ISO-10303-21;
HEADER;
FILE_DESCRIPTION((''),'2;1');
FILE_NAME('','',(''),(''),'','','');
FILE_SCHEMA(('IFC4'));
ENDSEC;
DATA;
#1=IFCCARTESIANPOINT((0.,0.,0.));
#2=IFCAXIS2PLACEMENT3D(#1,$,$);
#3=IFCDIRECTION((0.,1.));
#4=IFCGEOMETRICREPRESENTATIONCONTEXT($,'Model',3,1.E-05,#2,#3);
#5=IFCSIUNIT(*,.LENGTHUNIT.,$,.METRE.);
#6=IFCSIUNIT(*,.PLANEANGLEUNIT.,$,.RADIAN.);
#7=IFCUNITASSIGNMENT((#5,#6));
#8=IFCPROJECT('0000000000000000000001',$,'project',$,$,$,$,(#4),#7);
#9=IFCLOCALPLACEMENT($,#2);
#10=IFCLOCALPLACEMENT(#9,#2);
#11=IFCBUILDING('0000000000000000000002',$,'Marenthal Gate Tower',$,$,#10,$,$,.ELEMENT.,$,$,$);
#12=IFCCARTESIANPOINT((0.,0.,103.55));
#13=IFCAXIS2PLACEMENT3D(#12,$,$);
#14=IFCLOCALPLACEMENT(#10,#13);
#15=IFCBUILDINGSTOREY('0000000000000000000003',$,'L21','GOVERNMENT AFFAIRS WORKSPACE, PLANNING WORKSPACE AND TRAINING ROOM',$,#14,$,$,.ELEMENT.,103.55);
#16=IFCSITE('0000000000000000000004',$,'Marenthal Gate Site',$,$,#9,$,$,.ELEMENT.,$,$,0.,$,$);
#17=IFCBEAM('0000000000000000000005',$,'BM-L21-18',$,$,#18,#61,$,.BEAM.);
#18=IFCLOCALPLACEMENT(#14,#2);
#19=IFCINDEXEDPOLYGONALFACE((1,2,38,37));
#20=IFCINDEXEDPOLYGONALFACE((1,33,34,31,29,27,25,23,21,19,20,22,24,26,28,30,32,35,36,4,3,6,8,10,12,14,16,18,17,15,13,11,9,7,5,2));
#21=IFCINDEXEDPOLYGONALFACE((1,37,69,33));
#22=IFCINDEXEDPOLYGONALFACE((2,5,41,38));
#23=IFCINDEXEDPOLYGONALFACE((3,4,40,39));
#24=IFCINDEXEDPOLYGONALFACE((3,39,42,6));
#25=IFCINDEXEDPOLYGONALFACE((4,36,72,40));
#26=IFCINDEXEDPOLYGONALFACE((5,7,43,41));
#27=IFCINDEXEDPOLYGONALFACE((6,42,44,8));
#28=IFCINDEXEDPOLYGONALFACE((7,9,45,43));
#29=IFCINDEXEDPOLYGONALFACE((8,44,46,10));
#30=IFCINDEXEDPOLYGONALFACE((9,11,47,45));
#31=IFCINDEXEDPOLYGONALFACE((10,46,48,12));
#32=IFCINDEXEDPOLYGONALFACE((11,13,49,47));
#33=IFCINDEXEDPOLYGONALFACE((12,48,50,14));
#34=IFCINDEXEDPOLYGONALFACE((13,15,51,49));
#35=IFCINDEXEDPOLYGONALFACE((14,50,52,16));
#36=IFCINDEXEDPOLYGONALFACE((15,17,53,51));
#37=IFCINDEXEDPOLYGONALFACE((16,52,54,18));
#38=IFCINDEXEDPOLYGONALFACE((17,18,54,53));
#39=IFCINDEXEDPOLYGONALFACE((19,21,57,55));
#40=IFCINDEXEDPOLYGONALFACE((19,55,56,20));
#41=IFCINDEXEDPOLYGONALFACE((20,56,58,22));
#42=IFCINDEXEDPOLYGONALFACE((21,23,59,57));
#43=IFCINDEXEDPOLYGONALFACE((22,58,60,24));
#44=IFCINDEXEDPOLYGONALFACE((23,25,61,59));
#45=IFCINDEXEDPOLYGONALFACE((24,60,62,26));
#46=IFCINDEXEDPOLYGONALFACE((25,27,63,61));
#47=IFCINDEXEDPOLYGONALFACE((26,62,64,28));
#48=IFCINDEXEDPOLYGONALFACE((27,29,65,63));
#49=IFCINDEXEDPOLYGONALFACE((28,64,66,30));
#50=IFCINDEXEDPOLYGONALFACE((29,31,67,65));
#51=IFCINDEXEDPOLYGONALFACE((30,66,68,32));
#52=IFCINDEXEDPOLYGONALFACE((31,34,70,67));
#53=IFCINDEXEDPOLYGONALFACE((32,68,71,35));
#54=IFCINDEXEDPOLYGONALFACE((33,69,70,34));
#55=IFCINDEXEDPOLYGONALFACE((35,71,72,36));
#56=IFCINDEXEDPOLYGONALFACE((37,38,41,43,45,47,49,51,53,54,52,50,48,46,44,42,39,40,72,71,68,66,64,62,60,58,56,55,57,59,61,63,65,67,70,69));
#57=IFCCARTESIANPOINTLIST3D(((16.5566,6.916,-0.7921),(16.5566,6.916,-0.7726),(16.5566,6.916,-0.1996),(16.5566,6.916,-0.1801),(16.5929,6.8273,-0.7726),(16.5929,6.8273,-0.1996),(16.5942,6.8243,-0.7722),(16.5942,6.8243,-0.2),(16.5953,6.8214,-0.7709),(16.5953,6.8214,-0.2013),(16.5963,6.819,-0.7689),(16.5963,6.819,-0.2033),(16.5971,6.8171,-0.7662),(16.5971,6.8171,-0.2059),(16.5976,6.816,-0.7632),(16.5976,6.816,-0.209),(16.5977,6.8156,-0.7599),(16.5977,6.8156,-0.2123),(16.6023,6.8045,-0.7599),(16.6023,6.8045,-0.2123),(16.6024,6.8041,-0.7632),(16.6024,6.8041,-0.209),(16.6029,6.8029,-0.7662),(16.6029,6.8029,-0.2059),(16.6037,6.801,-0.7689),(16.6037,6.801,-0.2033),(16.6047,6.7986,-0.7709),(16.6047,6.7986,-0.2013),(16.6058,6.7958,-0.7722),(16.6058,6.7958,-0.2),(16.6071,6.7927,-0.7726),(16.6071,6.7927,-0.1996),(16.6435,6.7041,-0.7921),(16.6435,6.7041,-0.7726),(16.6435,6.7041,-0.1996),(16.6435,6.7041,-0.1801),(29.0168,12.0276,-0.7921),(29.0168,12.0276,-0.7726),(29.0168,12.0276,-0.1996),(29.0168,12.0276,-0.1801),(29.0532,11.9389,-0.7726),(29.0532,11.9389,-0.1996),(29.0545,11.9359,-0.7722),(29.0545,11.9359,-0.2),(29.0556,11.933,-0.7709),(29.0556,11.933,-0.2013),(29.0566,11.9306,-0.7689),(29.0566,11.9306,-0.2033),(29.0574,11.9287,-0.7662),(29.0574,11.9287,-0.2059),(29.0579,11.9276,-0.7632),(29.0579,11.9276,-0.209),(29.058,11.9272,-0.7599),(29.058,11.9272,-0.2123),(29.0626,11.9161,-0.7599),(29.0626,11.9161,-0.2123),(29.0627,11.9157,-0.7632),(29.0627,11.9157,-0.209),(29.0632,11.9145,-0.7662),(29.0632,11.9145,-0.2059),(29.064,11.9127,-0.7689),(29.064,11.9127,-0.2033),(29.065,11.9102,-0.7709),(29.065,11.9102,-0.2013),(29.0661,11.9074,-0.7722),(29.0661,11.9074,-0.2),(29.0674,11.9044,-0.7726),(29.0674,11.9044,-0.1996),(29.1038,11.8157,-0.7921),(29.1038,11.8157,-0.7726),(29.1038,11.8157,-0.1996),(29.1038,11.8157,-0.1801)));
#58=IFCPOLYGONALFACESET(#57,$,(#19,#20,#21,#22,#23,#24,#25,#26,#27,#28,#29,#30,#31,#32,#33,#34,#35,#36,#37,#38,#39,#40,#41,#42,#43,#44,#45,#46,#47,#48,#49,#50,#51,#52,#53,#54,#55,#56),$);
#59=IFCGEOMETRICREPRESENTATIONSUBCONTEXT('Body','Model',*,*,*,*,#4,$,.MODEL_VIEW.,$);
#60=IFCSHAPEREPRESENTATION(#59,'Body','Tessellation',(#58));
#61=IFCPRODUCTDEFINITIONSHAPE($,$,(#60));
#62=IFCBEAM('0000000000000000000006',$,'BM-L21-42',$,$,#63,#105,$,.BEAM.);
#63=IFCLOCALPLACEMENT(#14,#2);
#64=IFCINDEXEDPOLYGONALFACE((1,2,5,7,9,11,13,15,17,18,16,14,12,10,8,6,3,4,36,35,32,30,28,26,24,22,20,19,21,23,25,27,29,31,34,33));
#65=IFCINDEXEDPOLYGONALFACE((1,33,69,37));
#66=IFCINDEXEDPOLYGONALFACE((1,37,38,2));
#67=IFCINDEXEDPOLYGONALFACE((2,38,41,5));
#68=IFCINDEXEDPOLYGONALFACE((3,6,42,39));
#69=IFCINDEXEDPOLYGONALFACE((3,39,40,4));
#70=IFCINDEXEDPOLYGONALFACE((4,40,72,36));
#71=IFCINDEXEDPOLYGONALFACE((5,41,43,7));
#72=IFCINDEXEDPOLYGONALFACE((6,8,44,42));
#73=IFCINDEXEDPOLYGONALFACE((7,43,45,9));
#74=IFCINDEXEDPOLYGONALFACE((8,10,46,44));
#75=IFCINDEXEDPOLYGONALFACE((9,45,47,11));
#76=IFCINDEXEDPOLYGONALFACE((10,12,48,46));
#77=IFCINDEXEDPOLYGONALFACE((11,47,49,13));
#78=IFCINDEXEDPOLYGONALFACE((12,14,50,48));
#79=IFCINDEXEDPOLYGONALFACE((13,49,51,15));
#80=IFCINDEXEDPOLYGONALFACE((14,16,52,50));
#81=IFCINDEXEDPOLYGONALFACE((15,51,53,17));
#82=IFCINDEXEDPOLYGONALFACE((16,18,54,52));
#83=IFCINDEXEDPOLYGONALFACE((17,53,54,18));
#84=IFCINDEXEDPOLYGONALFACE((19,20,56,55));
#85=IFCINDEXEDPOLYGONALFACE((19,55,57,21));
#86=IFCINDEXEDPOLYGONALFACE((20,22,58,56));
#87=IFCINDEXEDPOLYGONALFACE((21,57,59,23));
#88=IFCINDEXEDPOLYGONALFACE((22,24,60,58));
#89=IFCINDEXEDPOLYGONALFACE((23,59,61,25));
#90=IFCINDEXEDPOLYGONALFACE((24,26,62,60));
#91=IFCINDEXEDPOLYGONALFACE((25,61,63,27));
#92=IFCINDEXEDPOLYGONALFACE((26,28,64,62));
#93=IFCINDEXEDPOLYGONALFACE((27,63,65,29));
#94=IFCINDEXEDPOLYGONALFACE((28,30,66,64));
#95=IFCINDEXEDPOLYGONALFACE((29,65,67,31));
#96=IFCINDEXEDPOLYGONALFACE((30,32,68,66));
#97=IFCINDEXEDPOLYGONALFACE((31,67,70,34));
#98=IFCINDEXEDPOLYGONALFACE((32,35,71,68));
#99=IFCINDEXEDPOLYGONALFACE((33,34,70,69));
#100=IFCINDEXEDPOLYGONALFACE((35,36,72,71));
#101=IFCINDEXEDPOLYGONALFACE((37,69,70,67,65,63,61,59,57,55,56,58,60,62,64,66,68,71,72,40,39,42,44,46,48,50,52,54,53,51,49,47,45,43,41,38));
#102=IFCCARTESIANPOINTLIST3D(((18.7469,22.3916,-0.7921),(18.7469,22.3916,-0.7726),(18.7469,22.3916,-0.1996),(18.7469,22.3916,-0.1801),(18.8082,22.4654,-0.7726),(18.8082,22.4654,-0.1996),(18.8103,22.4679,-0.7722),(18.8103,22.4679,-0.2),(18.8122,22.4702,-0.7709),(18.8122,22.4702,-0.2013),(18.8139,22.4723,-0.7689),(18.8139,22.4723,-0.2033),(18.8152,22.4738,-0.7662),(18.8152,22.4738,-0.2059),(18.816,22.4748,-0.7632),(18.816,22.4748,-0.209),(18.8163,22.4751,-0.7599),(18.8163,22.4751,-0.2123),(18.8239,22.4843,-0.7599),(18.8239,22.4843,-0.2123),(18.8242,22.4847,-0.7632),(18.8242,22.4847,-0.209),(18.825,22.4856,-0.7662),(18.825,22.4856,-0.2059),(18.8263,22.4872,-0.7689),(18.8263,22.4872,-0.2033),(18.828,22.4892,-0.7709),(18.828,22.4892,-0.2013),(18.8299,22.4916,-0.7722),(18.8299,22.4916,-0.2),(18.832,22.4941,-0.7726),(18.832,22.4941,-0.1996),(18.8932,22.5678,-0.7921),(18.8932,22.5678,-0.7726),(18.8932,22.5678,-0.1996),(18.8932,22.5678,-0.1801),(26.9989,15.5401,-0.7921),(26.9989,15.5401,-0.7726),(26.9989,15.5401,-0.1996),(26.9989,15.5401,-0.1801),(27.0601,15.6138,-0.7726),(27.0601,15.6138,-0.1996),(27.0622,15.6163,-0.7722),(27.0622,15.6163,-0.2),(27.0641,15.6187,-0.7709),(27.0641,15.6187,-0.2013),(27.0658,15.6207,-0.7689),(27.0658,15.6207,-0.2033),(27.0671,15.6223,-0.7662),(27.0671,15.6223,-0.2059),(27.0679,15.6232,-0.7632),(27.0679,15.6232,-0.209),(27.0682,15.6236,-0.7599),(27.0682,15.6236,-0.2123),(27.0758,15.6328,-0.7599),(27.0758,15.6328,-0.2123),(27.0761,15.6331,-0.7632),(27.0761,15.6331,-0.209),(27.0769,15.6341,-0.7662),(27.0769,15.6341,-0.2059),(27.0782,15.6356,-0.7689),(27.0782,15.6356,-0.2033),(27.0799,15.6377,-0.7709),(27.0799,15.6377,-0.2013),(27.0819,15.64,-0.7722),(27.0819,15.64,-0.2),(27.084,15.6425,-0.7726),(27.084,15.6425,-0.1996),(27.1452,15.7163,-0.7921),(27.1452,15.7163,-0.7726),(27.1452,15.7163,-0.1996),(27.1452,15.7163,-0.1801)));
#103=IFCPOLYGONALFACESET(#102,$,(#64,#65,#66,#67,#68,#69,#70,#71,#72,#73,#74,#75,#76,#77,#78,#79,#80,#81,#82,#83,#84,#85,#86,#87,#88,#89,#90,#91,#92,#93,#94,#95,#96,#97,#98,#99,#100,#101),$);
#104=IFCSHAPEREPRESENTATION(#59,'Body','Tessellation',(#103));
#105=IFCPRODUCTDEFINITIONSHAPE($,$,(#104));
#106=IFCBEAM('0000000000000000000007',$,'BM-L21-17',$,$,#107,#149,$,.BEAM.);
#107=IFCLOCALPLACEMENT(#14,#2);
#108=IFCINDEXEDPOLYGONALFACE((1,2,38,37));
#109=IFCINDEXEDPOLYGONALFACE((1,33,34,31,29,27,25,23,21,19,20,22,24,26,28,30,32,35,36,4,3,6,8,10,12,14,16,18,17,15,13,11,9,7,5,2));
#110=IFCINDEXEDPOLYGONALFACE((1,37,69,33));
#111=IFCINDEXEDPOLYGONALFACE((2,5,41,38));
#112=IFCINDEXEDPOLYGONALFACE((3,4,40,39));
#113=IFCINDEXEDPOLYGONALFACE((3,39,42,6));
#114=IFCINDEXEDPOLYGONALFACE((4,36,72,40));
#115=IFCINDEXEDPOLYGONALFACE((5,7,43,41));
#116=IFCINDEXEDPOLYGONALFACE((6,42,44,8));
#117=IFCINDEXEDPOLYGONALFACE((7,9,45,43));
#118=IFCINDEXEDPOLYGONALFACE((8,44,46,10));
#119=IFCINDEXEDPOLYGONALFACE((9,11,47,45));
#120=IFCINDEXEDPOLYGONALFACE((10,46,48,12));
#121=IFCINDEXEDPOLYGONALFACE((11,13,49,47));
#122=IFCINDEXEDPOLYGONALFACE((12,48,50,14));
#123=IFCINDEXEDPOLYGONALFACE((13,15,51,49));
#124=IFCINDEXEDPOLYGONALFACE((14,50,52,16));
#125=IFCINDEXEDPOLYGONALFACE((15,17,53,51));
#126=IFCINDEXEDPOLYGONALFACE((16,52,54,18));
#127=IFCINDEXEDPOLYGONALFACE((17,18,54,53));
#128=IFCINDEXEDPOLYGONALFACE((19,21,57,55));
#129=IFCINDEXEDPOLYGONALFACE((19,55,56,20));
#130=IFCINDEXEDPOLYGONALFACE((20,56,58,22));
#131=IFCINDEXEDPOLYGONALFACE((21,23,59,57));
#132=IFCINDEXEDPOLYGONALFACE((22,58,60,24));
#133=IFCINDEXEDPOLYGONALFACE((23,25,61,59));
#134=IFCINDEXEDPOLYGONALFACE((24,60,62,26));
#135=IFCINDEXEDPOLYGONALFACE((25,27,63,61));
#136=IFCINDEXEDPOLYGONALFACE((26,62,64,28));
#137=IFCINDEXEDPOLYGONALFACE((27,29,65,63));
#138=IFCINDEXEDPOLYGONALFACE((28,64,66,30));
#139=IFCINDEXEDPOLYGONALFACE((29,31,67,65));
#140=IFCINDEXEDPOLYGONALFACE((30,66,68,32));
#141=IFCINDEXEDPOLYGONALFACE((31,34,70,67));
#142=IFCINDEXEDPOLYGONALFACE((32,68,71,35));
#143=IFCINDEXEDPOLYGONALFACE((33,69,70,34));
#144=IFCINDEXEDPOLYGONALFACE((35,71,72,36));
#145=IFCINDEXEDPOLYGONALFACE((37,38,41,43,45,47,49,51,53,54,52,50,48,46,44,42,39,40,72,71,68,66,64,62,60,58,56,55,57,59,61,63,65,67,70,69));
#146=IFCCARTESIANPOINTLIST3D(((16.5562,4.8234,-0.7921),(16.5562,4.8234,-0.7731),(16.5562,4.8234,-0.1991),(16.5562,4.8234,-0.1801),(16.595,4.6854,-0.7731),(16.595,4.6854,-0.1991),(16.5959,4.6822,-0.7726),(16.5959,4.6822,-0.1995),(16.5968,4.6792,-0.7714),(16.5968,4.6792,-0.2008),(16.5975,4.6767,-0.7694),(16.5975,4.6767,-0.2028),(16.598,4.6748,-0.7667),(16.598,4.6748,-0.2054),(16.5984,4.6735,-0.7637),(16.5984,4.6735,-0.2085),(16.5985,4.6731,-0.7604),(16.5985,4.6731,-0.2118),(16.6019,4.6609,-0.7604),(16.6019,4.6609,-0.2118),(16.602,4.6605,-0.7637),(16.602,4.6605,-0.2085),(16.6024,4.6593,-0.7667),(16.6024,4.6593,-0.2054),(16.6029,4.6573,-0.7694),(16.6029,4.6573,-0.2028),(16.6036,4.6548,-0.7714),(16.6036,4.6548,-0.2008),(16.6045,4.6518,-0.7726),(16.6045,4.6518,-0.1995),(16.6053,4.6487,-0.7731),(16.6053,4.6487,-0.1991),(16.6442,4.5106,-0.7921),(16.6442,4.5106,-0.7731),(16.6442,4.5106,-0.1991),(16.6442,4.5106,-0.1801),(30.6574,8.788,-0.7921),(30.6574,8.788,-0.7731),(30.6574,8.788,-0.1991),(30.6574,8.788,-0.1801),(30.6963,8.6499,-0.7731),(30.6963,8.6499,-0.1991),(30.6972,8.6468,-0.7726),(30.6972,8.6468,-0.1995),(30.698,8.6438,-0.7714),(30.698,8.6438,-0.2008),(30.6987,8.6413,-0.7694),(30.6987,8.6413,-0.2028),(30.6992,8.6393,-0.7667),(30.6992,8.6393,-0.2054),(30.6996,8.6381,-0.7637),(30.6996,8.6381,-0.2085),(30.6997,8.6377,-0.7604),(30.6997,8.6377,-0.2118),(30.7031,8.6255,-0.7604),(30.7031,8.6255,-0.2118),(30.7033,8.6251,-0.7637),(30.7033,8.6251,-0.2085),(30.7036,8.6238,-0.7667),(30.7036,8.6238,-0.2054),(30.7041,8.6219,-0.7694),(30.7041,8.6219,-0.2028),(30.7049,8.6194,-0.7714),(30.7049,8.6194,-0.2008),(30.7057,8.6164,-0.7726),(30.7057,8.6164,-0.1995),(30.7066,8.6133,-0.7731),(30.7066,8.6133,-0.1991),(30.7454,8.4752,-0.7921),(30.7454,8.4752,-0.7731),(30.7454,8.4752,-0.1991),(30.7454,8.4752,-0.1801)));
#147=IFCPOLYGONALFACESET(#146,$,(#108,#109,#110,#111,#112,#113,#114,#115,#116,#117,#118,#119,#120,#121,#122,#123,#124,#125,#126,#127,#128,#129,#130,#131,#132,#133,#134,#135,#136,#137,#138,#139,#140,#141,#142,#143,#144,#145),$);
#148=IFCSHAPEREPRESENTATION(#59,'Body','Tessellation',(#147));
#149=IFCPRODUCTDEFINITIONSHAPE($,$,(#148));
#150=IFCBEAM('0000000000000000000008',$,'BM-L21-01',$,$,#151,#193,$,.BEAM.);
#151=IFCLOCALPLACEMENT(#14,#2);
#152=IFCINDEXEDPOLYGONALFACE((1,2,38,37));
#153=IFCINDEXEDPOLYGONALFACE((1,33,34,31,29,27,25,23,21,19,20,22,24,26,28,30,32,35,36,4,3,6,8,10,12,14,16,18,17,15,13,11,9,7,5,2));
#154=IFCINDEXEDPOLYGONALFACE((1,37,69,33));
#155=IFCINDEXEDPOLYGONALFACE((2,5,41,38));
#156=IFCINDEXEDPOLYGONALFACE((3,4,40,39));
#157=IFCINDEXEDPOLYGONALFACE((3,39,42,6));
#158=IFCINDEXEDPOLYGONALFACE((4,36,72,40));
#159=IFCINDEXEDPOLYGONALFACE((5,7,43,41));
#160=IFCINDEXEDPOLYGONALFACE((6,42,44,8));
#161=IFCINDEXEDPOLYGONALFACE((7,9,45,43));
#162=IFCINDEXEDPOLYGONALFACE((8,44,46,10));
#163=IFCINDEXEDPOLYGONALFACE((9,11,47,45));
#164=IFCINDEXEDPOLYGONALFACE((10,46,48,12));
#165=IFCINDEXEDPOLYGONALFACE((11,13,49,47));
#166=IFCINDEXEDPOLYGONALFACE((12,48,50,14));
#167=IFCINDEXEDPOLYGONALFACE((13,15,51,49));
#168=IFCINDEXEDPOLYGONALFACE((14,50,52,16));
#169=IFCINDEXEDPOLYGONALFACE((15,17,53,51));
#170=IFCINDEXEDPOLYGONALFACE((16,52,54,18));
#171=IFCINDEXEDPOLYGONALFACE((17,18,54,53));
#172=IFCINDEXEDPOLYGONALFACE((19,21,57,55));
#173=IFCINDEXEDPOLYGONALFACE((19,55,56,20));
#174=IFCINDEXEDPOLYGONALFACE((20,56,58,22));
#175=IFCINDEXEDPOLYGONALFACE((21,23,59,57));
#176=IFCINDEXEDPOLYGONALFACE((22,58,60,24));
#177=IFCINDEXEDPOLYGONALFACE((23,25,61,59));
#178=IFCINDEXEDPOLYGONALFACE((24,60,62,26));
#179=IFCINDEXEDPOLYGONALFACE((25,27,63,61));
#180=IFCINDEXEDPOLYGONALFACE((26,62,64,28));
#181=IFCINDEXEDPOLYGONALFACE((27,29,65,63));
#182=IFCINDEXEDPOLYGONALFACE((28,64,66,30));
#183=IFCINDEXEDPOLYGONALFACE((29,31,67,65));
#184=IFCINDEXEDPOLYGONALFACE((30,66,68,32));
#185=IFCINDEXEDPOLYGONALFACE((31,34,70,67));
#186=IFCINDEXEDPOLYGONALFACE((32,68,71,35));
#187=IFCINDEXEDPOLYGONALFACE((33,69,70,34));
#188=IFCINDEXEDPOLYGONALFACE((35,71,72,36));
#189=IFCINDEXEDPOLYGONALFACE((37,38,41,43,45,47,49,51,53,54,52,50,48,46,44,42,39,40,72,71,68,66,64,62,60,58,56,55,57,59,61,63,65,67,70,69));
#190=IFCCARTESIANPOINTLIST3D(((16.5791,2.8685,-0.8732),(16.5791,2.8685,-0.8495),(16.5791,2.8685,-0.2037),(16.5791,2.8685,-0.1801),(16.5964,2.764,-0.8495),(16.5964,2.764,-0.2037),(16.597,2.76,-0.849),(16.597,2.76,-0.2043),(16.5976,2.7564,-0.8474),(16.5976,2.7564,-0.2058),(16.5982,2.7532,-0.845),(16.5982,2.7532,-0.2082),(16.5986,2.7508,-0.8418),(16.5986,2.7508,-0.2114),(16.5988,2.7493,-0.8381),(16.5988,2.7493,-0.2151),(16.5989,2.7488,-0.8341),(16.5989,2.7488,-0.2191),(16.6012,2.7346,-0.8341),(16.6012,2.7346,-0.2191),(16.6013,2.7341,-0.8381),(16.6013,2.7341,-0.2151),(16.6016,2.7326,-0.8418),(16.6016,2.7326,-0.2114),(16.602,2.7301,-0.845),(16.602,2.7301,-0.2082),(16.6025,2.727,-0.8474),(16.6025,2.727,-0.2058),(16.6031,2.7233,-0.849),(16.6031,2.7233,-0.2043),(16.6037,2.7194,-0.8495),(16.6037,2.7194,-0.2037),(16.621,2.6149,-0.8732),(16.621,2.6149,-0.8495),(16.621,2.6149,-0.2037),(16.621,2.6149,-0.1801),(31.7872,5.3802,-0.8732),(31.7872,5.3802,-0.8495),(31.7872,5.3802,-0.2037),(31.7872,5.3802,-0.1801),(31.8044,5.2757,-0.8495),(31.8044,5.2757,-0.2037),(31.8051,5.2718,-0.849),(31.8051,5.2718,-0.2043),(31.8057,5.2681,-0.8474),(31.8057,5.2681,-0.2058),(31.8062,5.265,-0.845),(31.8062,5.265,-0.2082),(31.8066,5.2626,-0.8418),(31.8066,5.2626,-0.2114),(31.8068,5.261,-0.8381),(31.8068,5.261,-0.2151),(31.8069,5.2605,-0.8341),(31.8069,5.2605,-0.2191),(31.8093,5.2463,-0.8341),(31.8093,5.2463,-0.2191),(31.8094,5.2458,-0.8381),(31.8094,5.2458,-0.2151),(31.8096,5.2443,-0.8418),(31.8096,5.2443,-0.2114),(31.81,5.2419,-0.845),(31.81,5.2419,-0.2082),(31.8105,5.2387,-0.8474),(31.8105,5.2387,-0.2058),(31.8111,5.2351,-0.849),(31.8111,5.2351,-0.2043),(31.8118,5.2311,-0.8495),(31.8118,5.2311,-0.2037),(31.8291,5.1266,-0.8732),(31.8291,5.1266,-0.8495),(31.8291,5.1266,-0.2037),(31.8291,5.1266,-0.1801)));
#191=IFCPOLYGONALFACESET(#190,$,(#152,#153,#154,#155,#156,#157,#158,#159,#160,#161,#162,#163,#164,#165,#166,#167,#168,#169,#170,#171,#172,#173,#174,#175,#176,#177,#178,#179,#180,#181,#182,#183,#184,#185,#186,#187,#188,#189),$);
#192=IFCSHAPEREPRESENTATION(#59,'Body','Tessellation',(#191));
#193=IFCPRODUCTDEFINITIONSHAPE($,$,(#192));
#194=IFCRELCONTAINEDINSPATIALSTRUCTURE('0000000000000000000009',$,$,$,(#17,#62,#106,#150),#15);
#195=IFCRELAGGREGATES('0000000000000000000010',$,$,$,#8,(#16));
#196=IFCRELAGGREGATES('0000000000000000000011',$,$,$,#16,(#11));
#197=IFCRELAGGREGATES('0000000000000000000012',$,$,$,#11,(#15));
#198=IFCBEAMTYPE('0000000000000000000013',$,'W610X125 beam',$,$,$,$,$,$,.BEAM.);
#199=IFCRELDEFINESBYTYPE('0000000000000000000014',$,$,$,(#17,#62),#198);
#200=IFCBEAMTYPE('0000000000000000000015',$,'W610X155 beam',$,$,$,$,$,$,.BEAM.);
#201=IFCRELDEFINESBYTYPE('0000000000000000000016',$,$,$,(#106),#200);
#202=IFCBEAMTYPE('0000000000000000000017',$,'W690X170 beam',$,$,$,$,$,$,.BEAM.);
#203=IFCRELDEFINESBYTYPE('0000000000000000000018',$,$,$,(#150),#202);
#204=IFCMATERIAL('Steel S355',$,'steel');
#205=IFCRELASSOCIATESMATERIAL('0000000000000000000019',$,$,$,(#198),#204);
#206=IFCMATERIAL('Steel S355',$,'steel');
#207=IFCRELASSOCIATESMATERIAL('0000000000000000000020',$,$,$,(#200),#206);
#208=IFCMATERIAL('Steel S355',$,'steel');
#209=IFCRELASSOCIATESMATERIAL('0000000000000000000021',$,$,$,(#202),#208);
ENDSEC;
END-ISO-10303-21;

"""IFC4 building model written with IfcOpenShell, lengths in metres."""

from ifc_helpers import new_model, si_unit, direction, frame, origin, origin_2d, place, context, subcontext, project, spatial, i_section, extrude, material, material_profile, profile_set, type_object, element, save


model = new_model("IFC4")

# Units and contexts
model_context = context("Model", 3, precision=1e-05, world=origin(), true_north=direction((0.0, 1.0)))
body_context = subcontext(model_context, "Body", "Model", "MODEL_VIEW")
ifc_project = project(units=[si_unit("LENGTHUNIT", "METRE"), si_unit("PLANEANGLEUNIT", "RADIAN")], contexts=[model_context])

# Site, building, storey
site_placement = place(None, origin())
site = spatial("IfcSite", under=ifc_project, at=site_placement, Name="Marenthal Gate Site", CompositionType="ELEMENT", RefElevation=0.0)
building_placement = place(site_placement, origin())
building = spatial("IfcBuilding", under=site, at=building_placement, Name="Marenthal Gate Tower", CompositionType="ELEMENT")
storey_placement = place(building_placement, frame((0.0, 0.0, 103.55)))
storey = spatial("IfcBuildingStorey", under=building, at=storey_placement, Name="L21", Description="GOVERNMENT AFFAIRS WORKSPACE, PLANNING WORKSPACE AND TRAINING ROOM", CompositionType="ELEMENT", Elevation=103.55)

# Beams
ifc_material_1 = material(Name="Steel S355", Category="steel")
ifc_material_profile_1 = material_profile(ifc_material_1, i_section(OverallWidth=0.229, OverallDepth=0.6121, WebThickness=0.012, FlangeThickness=0.0195, FilletRadius=0.0127, at=origin_2d()), Name="W610X125")
ifc_profile_set_1 = profile_set([ifc_material_profile_1], Name="Steel S355")
beam_type_1 = type_object("IfcBeamType", Name="W610X125 beam", PredefinedType="BEAM", material=ifc_profile_set_1)
beam_1_placement = place(storey_placement, frame((29.0603, 11.9216, -0.4861), z_axis=(-0.925177, -0.379537, 0.0), x_axis=(0.379537, -0.925177, 0.0)))
element("IfcBeam", 1, at=beam_1_placement, inside=storey, type_object=beam_type_1, Name="BM-L21-18", PredefinedType="BEAM", context=body_context, shape_type="SweptSolid", body=[
    extrude(i_section(OverallWidth=0.229, OverallDepth=0.6121, WebThickness=0.012, FlangeThickness=0.0195, FilletRadius=0.0127, at=origin_2d()), origin(), (0.0, 0.0, 1.0), 13.468),
])
beam_2_placement = place(storey_placement, frame((27.072, 15.6282, -0.4861), z_axis=(-0.769369, 0.638804, 0.0), x_axis=(-0.638804, -0.769369, 0.0)))
element("IfcBeam", 2, at=beam_2_placement, inside=storey, type_object=beam_type_1, Name="BM-L21-42", PredefinedType="BEAM", context=body_context, shape_type="SweptSolid", body=[
    extrude(i_section(OverallWidth=0.229, OverallDepth=0.6121, WebThickness=0.012, FlangeThickness=0.0195, FilletRadius=0.0127, at=origin_2d()), origin(), (0.0, 0.0, 1.0), 10.7256),
])
ifc_material_2 = material(Name="Steel S355", Category="steel")
ifc_material_profile_2 = material_profile(ifc_material_2, i_section(OverallWidth=0.325, OverallDepth=0.6121, WebThickness=0.0127, FlangeThickness=0.019, FilletRadius=0.0127, at=origin_2d()), Name="W610X155")
ifc_profile_set_2 = profile_set([ifc_material_profile_2], Name="Steel S355")
beam_type_2 = type_object("IfcBeamType", Name="W610X155 beam", PredefinedType="BEAM", material=ifc_profile_set_2)
beam_3_placement = place(storey_placement, frame((30.7014, 8.6316, -0.4861), z_axis=(-0.962676, -0.270657, 0.0), x_axis=(0.270657, -0.962676, 0.0)))
element("IfcBeam", 3, at=beam_3_placement, inside=storey, type_object=beam_type_2, Name="BM-L21-17", PredefinedType="BEAM", context=body_context, shape_type="SweptSolid", body=[
    extrude(i_section(OverallWidth=0.325, OverallDepth=0.6121, WebThickness=0.0127, FlangeThickness=0.019, FilletRadius=0.0127, at=origin_2d()), origin(), (0.0, 0.0, 1.0), 14.6479),
])
ifc_material_3 = material(Name="Steel S355", Category="steel")
ifc_material_profile_3 = material_profile(ifc_material_3, i_section(OverallWidth=0.2571, OverallDepth=0.6931, WebThickness=0.0144, FlangeThickness=0.0237, FilletRadius=0.0154, at=origin_2d()), Name="W690X170")
ifc_profile_set_3 = profile_set([ifc_material_profile_3], Name="Steel S355")
beam_type_3 = type_object("IfcBeamType", Name="W690X170 beam", PredefinedType="BEAM", material=ifc_profile_set_3)
beam_4_placement = place(storey_placement, frame((31.8081, 5.2534, -0.5266), z_axis=(-0.986634, -0.16295, 0.0), x_axis=(0.16295, -0.986634, 0.0)))
element("IfcBeam", 4, at=beam_4_placement, inside=storey, type_object=beam_type_3, Name="BM-L21-01", PredefinedType="BEAM", context=body_context, shape_type="SweptSolid", body=[
    extrude(i_section(OverallWidth=0.2571, OverallDepth=0.6931, WebThickness=0.0144, FlangeThickness=0.0237, FilletRadius=0.0154, at=origin_2d()), origin(), (0.0, 0.0, 1.0), 15.4141),
])

save(model, "model.ifc")
